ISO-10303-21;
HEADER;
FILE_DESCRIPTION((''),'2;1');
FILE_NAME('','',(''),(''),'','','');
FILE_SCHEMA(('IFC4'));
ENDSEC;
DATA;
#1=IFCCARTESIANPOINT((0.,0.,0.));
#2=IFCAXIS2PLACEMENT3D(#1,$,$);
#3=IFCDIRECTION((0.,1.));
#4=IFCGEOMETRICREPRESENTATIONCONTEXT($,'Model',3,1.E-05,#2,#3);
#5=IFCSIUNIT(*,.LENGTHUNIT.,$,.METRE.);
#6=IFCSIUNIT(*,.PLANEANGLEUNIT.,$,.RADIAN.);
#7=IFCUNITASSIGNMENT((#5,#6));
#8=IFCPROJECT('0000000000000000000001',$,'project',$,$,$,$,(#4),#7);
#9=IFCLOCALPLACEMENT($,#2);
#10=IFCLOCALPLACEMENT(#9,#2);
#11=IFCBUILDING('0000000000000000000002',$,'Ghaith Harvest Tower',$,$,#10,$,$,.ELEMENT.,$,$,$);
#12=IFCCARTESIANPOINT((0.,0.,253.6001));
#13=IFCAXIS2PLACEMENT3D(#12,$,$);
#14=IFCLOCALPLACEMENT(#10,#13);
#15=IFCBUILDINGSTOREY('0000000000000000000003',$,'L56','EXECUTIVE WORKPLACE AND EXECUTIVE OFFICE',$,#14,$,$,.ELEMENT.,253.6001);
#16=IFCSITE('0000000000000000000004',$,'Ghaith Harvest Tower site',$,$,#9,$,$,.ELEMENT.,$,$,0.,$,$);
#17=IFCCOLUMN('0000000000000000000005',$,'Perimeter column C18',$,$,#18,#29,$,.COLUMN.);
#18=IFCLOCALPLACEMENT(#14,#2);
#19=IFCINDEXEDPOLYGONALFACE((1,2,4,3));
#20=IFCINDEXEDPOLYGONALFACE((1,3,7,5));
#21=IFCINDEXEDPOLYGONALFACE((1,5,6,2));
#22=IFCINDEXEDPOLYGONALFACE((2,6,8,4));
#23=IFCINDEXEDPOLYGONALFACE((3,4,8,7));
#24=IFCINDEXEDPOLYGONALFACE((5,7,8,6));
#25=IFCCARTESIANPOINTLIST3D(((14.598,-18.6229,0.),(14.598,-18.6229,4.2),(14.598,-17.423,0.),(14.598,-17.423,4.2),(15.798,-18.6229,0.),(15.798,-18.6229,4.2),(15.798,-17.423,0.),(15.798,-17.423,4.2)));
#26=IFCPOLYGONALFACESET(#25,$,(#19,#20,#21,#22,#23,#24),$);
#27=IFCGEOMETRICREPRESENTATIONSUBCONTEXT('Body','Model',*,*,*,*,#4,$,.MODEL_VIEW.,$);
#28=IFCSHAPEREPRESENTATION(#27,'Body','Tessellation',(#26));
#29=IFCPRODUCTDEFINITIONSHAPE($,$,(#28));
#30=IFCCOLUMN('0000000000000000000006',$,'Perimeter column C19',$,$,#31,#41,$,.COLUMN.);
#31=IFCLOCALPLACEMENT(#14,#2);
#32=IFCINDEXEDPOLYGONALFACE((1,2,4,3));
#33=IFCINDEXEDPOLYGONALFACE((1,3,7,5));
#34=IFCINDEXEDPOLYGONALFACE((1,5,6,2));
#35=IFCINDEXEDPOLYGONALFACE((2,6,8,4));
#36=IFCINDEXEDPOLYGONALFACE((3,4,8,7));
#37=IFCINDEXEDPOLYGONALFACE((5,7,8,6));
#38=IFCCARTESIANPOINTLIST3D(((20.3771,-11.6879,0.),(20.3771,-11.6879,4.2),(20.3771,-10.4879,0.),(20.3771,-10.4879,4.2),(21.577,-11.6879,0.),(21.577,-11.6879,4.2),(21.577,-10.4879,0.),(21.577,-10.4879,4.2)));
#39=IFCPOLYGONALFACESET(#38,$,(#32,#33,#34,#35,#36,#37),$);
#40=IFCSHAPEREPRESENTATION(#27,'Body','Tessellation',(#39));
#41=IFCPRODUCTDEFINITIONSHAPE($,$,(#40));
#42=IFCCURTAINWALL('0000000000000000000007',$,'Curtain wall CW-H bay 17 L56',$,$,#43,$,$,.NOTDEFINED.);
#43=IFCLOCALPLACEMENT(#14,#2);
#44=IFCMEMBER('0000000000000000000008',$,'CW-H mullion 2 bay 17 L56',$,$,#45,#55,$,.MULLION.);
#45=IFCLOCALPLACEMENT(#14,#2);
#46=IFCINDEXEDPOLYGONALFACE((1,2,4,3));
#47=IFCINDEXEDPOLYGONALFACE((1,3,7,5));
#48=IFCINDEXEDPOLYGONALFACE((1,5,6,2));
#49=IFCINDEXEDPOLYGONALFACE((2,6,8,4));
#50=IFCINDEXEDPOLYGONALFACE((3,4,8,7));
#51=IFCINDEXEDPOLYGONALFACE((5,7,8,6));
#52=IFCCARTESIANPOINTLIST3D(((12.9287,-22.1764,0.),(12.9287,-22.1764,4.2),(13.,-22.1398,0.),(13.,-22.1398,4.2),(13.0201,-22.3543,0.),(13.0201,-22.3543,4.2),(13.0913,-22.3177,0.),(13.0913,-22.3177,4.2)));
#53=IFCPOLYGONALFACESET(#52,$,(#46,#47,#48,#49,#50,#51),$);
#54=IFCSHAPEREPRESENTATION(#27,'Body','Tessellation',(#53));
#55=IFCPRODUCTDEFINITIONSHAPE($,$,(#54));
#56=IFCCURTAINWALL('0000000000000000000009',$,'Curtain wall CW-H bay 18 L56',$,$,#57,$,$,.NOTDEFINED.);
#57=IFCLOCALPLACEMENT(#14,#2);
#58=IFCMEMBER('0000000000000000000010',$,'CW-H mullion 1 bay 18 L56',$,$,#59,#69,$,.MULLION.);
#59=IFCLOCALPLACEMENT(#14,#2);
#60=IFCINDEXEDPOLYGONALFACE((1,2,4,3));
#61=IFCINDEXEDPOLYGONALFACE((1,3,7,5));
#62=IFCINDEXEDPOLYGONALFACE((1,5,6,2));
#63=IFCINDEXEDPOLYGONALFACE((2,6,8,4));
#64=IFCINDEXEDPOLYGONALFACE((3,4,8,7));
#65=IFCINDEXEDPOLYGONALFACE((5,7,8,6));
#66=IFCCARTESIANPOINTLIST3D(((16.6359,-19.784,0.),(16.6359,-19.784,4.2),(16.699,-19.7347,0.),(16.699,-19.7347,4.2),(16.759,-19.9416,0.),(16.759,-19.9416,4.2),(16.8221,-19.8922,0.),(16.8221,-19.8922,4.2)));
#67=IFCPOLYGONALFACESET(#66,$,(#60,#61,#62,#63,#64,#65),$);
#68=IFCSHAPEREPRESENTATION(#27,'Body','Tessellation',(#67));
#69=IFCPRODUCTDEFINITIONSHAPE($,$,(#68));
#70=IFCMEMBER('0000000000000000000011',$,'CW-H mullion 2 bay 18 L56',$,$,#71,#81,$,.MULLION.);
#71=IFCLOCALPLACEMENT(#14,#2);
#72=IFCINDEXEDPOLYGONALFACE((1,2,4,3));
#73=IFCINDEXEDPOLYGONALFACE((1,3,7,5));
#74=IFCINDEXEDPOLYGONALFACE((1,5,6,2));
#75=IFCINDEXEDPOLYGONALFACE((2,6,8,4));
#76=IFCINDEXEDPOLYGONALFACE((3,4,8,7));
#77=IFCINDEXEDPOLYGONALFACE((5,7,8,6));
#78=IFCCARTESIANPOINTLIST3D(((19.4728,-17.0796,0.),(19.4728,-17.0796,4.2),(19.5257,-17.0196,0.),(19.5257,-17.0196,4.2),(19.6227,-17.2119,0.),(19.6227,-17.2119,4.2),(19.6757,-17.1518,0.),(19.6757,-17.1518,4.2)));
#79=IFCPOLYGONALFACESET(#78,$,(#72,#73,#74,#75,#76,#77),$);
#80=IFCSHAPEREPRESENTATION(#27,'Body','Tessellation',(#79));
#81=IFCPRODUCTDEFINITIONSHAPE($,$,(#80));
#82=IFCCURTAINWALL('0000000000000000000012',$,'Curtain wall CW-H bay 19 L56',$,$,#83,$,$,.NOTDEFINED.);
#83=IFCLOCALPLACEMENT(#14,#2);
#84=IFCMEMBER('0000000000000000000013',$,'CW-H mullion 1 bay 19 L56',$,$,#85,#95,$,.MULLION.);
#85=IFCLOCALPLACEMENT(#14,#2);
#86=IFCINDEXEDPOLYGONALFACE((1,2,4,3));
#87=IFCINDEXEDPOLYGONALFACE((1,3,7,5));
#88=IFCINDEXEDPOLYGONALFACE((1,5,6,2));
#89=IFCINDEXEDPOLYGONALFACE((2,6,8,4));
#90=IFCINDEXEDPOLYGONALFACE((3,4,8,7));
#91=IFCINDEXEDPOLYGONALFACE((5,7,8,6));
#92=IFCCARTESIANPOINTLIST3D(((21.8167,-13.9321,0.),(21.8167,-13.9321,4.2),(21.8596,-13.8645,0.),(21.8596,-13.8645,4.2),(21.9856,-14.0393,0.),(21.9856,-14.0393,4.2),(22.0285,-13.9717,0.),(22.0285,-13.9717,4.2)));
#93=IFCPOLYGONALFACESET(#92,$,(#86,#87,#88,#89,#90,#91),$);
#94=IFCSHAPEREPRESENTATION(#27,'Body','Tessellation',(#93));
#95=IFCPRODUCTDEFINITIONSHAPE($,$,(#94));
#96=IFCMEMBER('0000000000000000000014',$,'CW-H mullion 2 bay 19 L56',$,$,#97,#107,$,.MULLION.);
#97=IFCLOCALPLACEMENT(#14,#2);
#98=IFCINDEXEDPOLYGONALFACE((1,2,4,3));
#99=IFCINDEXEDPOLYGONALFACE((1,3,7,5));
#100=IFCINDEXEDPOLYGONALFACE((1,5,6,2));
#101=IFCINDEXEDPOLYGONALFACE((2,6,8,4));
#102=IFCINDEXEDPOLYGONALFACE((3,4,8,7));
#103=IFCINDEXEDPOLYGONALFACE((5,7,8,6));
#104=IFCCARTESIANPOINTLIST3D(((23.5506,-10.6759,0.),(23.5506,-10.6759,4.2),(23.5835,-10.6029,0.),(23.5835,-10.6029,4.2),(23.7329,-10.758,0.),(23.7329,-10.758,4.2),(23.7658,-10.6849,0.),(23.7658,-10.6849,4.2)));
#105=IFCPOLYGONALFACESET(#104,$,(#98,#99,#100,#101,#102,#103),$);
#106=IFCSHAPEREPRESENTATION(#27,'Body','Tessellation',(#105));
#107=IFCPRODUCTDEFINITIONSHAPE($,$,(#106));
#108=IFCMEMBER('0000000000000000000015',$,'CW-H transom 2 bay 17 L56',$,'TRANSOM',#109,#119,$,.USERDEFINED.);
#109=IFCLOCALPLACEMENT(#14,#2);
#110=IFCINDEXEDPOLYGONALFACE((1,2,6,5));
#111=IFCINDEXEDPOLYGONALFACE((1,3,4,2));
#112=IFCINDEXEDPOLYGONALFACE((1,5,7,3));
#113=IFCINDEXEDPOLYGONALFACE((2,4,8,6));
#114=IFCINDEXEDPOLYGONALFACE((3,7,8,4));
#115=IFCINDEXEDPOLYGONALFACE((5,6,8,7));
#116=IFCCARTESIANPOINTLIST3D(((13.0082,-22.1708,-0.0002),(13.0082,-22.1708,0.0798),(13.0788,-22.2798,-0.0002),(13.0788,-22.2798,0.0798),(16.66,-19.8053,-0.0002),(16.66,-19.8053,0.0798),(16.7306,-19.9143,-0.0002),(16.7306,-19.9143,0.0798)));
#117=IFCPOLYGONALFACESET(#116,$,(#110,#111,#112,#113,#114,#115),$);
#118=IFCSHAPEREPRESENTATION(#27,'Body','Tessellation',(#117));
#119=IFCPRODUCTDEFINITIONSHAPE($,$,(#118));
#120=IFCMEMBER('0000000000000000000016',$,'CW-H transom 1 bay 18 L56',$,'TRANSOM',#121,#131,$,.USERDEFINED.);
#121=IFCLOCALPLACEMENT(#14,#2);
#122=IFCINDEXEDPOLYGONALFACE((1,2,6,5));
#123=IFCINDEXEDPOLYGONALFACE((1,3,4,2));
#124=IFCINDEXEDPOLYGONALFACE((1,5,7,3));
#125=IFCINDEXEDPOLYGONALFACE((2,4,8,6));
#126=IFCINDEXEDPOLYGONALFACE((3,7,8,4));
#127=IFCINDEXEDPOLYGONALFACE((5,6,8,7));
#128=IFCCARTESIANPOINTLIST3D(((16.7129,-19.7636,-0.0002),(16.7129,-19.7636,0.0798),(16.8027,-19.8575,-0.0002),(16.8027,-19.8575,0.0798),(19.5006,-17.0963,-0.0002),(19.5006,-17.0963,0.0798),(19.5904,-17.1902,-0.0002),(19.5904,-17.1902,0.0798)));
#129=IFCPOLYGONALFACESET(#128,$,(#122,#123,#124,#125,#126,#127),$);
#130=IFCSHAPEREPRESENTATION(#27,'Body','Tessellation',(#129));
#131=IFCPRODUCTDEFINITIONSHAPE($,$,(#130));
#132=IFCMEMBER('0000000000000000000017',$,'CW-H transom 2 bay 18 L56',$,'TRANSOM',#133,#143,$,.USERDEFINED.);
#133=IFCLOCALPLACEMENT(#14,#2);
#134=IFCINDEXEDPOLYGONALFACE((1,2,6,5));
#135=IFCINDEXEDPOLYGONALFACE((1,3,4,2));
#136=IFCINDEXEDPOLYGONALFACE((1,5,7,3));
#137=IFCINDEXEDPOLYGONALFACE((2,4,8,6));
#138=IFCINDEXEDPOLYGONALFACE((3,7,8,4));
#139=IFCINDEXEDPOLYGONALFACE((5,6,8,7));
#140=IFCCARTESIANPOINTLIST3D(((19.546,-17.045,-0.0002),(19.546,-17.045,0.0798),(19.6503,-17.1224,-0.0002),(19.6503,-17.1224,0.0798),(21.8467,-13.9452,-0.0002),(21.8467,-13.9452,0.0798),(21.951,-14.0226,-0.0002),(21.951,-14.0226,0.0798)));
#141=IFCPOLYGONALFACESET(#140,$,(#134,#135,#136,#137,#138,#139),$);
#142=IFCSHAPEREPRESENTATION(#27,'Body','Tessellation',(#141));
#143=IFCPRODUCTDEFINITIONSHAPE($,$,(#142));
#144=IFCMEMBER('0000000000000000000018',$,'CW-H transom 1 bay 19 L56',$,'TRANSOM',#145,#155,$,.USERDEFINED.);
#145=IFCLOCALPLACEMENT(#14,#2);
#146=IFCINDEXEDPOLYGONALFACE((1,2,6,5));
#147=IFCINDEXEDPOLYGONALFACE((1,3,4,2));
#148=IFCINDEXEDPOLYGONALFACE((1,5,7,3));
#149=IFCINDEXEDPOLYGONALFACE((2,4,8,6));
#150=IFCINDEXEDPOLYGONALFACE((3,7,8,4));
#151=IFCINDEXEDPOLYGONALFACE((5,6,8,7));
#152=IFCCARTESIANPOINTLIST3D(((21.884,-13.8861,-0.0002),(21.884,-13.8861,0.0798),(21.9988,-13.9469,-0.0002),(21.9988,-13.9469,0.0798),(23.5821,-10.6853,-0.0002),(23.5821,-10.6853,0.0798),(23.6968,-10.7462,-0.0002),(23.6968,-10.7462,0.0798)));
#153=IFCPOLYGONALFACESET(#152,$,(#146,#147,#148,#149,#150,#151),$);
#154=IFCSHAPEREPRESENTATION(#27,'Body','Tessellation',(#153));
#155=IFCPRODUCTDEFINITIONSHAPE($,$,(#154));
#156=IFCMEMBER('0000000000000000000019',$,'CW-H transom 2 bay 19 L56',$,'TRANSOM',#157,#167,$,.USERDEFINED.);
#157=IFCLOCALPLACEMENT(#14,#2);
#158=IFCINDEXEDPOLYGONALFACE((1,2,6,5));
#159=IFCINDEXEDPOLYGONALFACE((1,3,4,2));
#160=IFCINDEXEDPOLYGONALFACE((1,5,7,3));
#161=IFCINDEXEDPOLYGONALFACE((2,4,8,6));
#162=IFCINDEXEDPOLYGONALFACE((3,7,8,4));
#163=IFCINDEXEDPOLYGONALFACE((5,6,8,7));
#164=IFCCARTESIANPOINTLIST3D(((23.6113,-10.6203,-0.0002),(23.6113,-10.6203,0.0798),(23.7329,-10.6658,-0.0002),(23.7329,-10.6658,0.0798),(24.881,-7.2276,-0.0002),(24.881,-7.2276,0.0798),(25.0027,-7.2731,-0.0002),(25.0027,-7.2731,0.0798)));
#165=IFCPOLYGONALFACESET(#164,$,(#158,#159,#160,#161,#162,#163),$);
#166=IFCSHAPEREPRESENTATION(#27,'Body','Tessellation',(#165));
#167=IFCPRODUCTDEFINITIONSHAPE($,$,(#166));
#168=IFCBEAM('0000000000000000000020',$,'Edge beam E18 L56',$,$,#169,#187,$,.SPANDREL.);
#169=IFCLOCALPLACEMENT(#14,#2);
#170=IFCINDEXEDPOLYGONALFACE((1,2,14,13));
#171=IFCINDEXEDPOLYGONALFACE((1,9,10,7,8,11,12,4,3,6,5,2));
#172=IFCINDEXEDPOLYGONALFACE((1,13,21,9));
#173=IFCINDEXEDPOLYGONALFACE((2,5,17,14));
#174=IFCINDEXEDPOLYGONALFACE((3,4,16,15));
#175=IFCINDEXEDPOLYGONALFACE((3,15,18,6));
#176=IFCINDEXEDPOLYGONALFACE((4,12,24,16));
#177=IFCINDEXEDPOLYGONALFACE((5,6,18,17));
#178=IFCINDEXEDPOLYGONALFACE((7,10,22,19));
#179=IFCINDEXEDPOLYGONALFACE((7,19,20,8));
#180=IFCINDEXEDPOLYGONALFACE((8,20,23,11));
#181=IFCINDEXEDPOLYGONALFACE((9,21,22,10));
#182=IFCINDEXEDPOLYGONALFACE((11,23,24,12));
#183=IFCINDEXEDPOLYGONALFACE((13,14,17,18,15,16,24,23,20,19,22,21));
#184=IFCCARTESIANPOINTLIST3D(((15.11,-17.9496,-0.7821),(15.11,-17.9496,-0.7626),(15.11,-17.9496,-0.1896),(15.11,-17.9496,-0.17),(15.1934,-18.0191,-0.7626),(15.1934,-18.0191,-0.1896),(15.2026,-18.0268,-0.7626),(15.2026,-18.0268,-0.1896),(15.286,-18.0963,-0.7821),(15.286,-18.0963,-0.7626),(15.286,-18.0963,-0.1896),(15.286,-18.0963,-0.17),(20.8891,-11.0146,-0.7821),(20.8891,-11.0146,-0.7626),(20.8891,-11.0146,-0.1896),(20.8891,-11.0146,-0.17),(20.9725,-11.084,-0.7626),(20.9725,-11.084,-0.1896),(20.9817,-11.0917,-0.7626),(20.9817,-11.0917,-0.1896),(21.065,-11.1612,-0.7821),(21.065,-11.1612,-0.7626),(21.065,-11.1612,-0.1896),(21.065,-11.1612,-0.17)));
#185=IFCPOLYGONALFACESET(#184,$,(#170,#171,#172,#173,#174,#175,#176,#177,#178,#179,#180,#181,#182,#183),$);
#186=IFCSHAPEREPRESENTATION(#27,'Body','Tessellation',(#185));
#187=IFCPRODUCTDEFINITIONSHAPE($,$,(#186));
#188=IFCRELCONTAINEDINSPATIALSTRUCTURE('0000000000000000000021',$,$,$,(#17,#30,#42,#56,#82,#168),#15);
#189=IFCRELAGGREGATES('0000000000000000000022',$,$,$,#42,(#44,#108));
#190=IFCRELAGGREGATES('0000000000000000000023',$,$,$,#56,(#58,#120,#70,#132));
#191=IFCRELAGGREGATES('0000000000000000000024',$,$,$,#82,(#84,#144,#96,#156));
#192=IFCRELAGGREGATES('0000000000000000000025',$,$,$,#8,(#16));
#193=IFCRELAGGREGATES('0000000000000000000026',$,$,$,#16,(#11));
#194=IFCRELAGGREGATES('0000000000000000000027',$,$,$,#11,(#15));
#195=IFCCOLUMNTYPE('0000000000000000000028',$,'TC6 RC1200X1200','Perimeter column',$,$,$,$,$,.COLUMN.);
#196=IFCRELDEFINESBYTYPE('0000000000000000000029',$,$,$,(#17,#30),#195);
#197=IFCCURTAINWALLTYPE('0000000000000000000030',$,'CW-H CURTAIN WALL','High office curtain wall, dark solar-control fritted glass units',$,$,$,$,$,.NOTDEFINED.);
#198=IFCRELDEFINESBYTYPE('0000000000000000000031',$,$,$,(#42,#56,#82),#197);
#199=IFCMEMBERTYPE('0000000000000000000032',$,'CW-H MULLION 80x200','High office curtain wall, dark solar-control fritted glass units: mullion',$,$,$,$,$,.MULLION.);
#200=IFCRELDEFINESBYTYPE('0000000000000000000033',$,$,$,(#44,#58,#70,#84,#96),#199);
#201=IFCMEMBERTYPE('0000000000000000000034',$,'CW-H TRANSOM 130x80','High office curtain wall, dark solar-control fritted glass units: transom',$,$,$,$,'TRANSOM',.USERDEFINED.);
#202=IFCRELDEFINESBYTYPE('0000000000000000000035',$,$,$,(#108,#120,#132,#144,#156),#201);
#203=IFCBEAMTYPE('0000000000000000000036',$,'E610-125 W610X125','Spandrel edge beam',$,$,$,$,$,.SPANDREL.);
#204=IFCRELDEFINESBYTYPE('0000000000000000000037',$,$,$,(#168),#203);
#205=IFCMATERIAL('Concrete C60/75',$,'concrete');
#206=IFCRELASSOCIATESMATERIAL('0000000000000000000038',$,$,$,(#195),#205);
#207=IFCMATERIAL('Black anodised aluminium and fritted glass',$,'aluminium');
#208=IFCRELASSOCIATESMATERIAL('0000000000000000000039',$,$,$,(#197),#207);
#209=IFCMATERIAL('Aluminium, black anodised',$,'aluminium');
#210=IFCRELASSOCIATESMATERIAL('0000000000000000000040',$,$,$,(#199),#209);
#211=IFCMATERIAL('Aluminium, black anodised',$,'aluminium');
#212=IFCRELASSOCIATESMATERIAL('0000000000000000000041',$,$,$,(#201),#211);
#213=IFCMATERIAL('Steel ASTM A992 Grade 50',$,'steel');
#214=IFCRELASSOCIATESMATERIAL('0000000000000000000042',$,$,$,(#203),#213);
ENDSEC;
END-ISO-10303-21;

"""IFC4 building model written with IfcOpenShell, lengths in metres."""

from ifc_helpers import new_model, si_unit, direction, frame, origin, origin_2d, place, context, subcontext, project, spatial, rectangle, i_section, extrude, material, material_profile, profile_set, type_object, element, aggregate, save


model = new_model("IFC4")

# Units and contexts
model_context = context("Model", 3, precision=1e-05, world=origin(), true_north=direction((0.0, 1.0)))
body_context = subcontext(model_context, "Body", "Model", "MODEL_VIEW")
ifc_project = project(units=[si_unit("LENGTHUNIT", "METRE"), si_unit("PLANEANGLEUNIT", "RADIAN")], contexts=[model_context])

# Site, building, storey
site_placement = place(None, origin())
site = spatial("IfcSite", under=ifc_project, at=site_placement, Name="Ghaith Harvest Tower site", CompositionType="ELEMENT", RefElevation=0.0)
building_placement = place(site_placement, origin())
building = spatial("IfcBuilding", under=site, at=building_placement, Name="Ghaith Harvest Tower", CompositionType="ELEMENT")
storey_placement = place(building_placement, frame((0.0, 0.0, 253.6001)))
storey = spatial("IfcBuildingStorey", under=building, at=storey_placement, Name="L56", Description="EXECUTIVE WORKPLACE AND EXECUTIVE OFFICE", CompositionType="ELEMENT", Elevation=253.6001)

# Columns
ifc_material_1 = material(Name="Concrete C60/75", Category="concrete")
ifc_material_profile_1 = material_profile(ifc_material_1, rectangle(XDim=1.2, YDim=1.2, at=origin_2d()), Name="RC1200X1200")
ifc_profile_set_1 = profile_set([ifc_material_profile_1], Name="Concrete C60/75")
column_type = type_object("IfcColumnType", Name="TC6 RC1200X1200", Description="Perimeter column", PredefinedType="COLUMN", material=ifc_profile_set_1)
for number, where, z_axis, x_axis, name in (
    (1, (15.198, -18.0229, 0.0), (0.0, 0.0, 1.0), (1.0, 0.0, 0.0), "Perimeter column C18"),
    (2, (20.9771, -11.0879, 0.0), (0.0, 0.0, 1.0), (1.0, 0.0, 0.0), "Perimeter column C19"),
):
    element("IfcColumn", number, at=place(storey_placement, frame(where, z_axis=z_axis, x_axis=x_axis)), inside=storey, type_object=column_type, Name=name, PredefinedType="COLUMN", context=body_context, shape_type="SweptSolid", body=[
        extrude(rectangle(XDim=1.2, YDim=1.2, at=origin_2d()), origin(), (0.0, 0.0, 1.0), 4.2),
    ])

# Curtain wall, member
ifc_material_2 = material(Name="Black anodised aluminium and fritted glass", Category="aluminium")
curtain_wall_type = type_object("IfcCurtainWallType", Name="CW-H CURTAIN WALL", Description="High office curtain wall, dark solar-control fritted glass units", PredefinedType="NOTDEFINED", material=ifc_material_2)
curtain_wall_1_placement = place(storey_placement, origin())
curtain_wall_1 = element("IfcCurtainWall", 3, at=curtain_wall_1_placement, inside=storey, type_object=curtain_wall_type, Name="Curtain wall CW-H bay 17 L56", PredefinedType="NOTDEFINED")
ifc_material_3 = material(Name="Aluminium, black anodised", Category="aluminium")
ifc_material_profile_2 = material_profile(ifc_material_3, rectangle(XDim=0.0801, YDim=0.2, at=origin_2d()), Name="CW-H MULLION 80x200")
ifc_profile_set_2 = profile_set([ifc_material_profile_2], Name="Aluminium, black anodised")
member_type_1 = type_object("IfcMemberType", Name="CW-H MULLION 80x200", Description="High office curtain wall, dark solar-control fritted glass units: mullion", PredefinedType="MULLION", material=ifc_profile_set_2)
member_1_placement = place(storey_placement, frame((13.01, -22.2471, 0.0), z_axis=(0.0, 0.0, 1.0), x_axis=(0.889568, 0.456802, 0.0)))
member_1 = element("IfcMember", 4, at=member_1_placement, type_object=member_type_1, Name="CW-H mullion 2 bay 17 L56", PredefinedType="MULLION", context=body_context, shape_type="SweptSolid", body=[
    extrude(rectangle(XDim=0.0801, YDim=0.2, at=origin_2d()), origin(), (0.0, 0.0, 1.0), 4.2),
])

# Curtain walls, members
curtain_wall_2_placement = place(storey_placement, origin())
curtain_wall_2 = element("IfcCurtainWall", 5, at=curtain_wall_2_placement, inside=storey, type_object=curtain_wall_type, Name="Curtain wall CW-H bay 18 L56", PredefinedType="NOTDEFINED")
member_2_placement = place(storey_placement, frame((16.729, -19.8381, 0.0), z_axis=(0.0, 0.0, 1.0), x_axis=(0.787846, 0.615873, 0.0)))
member_2 = element("IfcMember", 6, at=member_2_placement, type_object=member_type_1, Name="CW-H mullion 1 bay 18 L56", PredefinedType="MULLION", context=body_context, shape_type="SweptSolid", body=[
    extrude(rectangle(XDim=0.0801, YDim=0.2, at=origin_2d()), origin(), (0.0, 0.0, 1.0), 4.2),
])
member_3_placement = place(storey_placement, frame((19.5742, -17.1157, 0.0), z_axis=(0.0, 0.0, 1.0), x_axis=(0.661615, 0.749844, 0.0)))
member_3 = element("IfcMember", 7, at=member_3_placement, type_object=member_type_1, Name="CW-H mullion 2 bay 18 L56", PredefinedType="MULLION", context=body_context, shape_type="SweptSolid", body=[
    extrude(rectangle(XDim=0.0801, YDim=0.2, at=origin_2d()), origin(), (0.0, 0.0, 1.0), 4.2),
])
curtain_wall_3_placement = place(storey_placement, origin())
curtain_wall_3 = element("IfcCurtainWall", 8, at=curtain_wall_3_placement, inside=storey, type_object=curtain_wall_type, Name="Curtain wall CW-H bay 19 L56", PredefinedType="NOTDEFINED")
member_4_placement = place(storey_placement, frame((21.9226, -13.9519, 0.0), z_axis=(0.0, 0.0, 1.0), x_axis=(0.535827, 0.844328, 0.0)))
member_4 = element("IfcMember", 9, at=member_4_placement, type_object=member_type_1, Name="CW-H mullion 1 bay 19 L56", PredefinedType="MULLION", context=body_context, shape_type="SweptSolid", body=[
    extrude(rectangle(XDim=0.0801, YDim=0.2, at=origin_2d()), origin(), (0.0, 0.0, 1.0), 4.2),
])
member_5_placement = place(storey_placement, frame((23.6582, -10.6804, 0.0), z_axis=(0.0, 0.0, 1.0), x_axis=(0.41043, 0.911892, 0.0)))
member_5 = element("IfcMember", 10, at=member_5_placement, type_object=member_type_1, Name="CW-H mullion 2 bay 19 L56", PredefinedType="MULLION", context=body_context, shape_type="SweptSolid", body=[
    extrude(rectangle(XDim=0.0801, YDim=0.2, at=origin_2d()), origin(), (0.0, 0.0, 1.0), 4.2),
])

# Members
ifc_material_4 = material(Name="Aluminium, black anodised", Category="aluminium")
ifc_material_profile_3 = material_profile(ifc_material_4, rectangle(XDim=0.1299, YDim=0.0801, at=origin_2d()), Name="CW-H TRANSOM 130x80")
ifc_profile_set_3 = profile_set([ifc_material_profile_3], Name="Aluminium, black anodised")
member_type_2 = type_object("IfcMemberType", Name="CW-H TRANSOM 130x80", Description="High office curtain wall, dark solar-control fritted glass units: transom", ElementType="TRANSOM", PredefinedType="USERDEFINED", material=ifc_profile_set_3)
member_6_placement = place(storey_placement, frame((13.0435, -22.2253, 0.0398), z_axis=(0.839307, 0.543658, 0.0), x_axis=(-0.543658, 0.839307, 0.0)))
member_6 = element("IfcMember", 11, at=member_6_placement, type_object=member_type_2, Name="CW-H transom 2 bay 17 L56", ObjectType="TRANSOM", PredefinedType="USERDEFINED", context=body_context, shape_type="SweptSolid", body=[
    extrude(rectangle(XDim=0.1299, YDim=0.0801, at=origin_2d()), origin(), (0.0, 0.0, 1.0), 4.3511),
])
member_7_placement = place(storey_placement, frame((16.7578, -19.8105, 0.0398), z_axis=(0.722533, 0.691336, 0.0), x_axis=(-0.691336, 0.722533, 0.0)))
member_7 = element("IfcMember", 12, at=member_7_placement, type_object=member_type_2, Name="CW-H transom 1 bay 18 L56", ObjectType="TRANSOM", PredefinedType="USERDEFINED", context=body_context, shape_type="SweptSolid", body=[
    extrude(rectangle(XDim=0.1299, YDim=0.0801, at=origin_2d()), origin(), (0.0, 0.0, 1.0), 3.8582),
])
member_8_placement = place(storey_placement, frame((19.5981, -17.0837, 0.0398), z_axis=(0.595996, 0.802988, 0.0), x_axis=(-0.802988, 0.595996, 0.0)))
member_8 = element("IfcMember", 13, at=member_8_placement, type_object=member_type_2, Name="CW-H transom 2 bay 18 L56", ObjectType="TRANSOM", PredefinedType="USERDEFINED", context=body_context, shape_type="SweptSolid", body=[
    extrude(rectangle(XDim=0.1299, YDim=0.0801, at=origin_2d()), origin(), (0.0, 0.0, 1.0), 3.8604),
])
member_9_placement = place(storey_placement, frame((21.9414, -13.9165, 0.0398), z_axis=(0.468646, 0.883386, 0.0), x_axis=(-0.883386, 0.468646, 0.0)))
member_9 = element("IfcMember", 14, at=member_9_placement, type_object=member_type_2, Name="CW-H transom 1 bay 19 L56", ObjectType="TRANSOM", PredefinedType="USERDEFINED", context=body_context, shape_type="SweptSolid", body=[
    extrude(rectangle(XDim=0.1299, YDim=0.0801, at=origin_2d()), origin(), (0.0, 0.0, 1.0), 3.6233),
])
member_10_placement = place(storey_placement, frame((23.6721, -10.6431, 0.0398), z_axis=(0.35051, 0.936559, 0.0), x_axis=(-0.936559, 0.35051, 0.0)))
member_10 = element("IfcMember", 15, at=member_10_placement, type_object=member_type_2, Name="CW-H transom 2 bay 19 L56", ObjectType="TRANSOM", PredefinedType="USERDEFINED", context=body_context, shape_type="SweptSolid", body=[
    extrude(rectangle(XDim=0.1299, YDim=0.0801, at=origin_2d()), origin(), (0.0, 0.0, 1.0), 3.6226),
])

# Beam
ifc_material_5 = material(Name="Steel ASTM A992 Grade 50", Category="steel")
ifc_material_profile_4 = material_profile(ifc_material_5, i_section(OverallWidth=0.229, OverallDepth=0.6121, WebThickness=0.012, FlangeThickness=0.0195, at=origin_2d()), Name="W610X125")
ifc_profile_set_4 = profile_set([ifc_material_profile_4], Name="Steel ASTM A992 Grade 50")
beam_type_1 = type_object("IfcBeamType", Name="E610-125 W610X125", Description="Spandrel edge beam", PredefinedType="SPANDREL", material=ifc_profile_set_4)
beam_1_placement = place(storey_placement, frame((15.198, -18.0229, -0.4761), z_axis=(0.640174, 0.76823, 0.0), x_axis=(-0.76823, 0.640174, 0.0)))
element("IfcBeam", 16, at=beam_1_placement, inside=storey, type_object=beam_type_1, Name="Edge beam E18 L56", PredefinedType="SPANDREL", context=body_context, shape_type="SweptSolid", body=[
    extrude(i_section(OverallWidth=0.229, OverallDepth=0.6121, WebThickness=0.012, FlangeThickness=0.0195, at=origin_2d()), origin(), (0.0, 0.0, 1.0), 9.0273),
])

aggregate(curtain_wall_1, [member_1, member_6])
aggregate(curtain_wall_2, [member_2, member_7, member_3, member_8])
aggregate(curtain_wall_3, [member_4, member_9, member_5, member_10])

save(model, "model.ifc")
